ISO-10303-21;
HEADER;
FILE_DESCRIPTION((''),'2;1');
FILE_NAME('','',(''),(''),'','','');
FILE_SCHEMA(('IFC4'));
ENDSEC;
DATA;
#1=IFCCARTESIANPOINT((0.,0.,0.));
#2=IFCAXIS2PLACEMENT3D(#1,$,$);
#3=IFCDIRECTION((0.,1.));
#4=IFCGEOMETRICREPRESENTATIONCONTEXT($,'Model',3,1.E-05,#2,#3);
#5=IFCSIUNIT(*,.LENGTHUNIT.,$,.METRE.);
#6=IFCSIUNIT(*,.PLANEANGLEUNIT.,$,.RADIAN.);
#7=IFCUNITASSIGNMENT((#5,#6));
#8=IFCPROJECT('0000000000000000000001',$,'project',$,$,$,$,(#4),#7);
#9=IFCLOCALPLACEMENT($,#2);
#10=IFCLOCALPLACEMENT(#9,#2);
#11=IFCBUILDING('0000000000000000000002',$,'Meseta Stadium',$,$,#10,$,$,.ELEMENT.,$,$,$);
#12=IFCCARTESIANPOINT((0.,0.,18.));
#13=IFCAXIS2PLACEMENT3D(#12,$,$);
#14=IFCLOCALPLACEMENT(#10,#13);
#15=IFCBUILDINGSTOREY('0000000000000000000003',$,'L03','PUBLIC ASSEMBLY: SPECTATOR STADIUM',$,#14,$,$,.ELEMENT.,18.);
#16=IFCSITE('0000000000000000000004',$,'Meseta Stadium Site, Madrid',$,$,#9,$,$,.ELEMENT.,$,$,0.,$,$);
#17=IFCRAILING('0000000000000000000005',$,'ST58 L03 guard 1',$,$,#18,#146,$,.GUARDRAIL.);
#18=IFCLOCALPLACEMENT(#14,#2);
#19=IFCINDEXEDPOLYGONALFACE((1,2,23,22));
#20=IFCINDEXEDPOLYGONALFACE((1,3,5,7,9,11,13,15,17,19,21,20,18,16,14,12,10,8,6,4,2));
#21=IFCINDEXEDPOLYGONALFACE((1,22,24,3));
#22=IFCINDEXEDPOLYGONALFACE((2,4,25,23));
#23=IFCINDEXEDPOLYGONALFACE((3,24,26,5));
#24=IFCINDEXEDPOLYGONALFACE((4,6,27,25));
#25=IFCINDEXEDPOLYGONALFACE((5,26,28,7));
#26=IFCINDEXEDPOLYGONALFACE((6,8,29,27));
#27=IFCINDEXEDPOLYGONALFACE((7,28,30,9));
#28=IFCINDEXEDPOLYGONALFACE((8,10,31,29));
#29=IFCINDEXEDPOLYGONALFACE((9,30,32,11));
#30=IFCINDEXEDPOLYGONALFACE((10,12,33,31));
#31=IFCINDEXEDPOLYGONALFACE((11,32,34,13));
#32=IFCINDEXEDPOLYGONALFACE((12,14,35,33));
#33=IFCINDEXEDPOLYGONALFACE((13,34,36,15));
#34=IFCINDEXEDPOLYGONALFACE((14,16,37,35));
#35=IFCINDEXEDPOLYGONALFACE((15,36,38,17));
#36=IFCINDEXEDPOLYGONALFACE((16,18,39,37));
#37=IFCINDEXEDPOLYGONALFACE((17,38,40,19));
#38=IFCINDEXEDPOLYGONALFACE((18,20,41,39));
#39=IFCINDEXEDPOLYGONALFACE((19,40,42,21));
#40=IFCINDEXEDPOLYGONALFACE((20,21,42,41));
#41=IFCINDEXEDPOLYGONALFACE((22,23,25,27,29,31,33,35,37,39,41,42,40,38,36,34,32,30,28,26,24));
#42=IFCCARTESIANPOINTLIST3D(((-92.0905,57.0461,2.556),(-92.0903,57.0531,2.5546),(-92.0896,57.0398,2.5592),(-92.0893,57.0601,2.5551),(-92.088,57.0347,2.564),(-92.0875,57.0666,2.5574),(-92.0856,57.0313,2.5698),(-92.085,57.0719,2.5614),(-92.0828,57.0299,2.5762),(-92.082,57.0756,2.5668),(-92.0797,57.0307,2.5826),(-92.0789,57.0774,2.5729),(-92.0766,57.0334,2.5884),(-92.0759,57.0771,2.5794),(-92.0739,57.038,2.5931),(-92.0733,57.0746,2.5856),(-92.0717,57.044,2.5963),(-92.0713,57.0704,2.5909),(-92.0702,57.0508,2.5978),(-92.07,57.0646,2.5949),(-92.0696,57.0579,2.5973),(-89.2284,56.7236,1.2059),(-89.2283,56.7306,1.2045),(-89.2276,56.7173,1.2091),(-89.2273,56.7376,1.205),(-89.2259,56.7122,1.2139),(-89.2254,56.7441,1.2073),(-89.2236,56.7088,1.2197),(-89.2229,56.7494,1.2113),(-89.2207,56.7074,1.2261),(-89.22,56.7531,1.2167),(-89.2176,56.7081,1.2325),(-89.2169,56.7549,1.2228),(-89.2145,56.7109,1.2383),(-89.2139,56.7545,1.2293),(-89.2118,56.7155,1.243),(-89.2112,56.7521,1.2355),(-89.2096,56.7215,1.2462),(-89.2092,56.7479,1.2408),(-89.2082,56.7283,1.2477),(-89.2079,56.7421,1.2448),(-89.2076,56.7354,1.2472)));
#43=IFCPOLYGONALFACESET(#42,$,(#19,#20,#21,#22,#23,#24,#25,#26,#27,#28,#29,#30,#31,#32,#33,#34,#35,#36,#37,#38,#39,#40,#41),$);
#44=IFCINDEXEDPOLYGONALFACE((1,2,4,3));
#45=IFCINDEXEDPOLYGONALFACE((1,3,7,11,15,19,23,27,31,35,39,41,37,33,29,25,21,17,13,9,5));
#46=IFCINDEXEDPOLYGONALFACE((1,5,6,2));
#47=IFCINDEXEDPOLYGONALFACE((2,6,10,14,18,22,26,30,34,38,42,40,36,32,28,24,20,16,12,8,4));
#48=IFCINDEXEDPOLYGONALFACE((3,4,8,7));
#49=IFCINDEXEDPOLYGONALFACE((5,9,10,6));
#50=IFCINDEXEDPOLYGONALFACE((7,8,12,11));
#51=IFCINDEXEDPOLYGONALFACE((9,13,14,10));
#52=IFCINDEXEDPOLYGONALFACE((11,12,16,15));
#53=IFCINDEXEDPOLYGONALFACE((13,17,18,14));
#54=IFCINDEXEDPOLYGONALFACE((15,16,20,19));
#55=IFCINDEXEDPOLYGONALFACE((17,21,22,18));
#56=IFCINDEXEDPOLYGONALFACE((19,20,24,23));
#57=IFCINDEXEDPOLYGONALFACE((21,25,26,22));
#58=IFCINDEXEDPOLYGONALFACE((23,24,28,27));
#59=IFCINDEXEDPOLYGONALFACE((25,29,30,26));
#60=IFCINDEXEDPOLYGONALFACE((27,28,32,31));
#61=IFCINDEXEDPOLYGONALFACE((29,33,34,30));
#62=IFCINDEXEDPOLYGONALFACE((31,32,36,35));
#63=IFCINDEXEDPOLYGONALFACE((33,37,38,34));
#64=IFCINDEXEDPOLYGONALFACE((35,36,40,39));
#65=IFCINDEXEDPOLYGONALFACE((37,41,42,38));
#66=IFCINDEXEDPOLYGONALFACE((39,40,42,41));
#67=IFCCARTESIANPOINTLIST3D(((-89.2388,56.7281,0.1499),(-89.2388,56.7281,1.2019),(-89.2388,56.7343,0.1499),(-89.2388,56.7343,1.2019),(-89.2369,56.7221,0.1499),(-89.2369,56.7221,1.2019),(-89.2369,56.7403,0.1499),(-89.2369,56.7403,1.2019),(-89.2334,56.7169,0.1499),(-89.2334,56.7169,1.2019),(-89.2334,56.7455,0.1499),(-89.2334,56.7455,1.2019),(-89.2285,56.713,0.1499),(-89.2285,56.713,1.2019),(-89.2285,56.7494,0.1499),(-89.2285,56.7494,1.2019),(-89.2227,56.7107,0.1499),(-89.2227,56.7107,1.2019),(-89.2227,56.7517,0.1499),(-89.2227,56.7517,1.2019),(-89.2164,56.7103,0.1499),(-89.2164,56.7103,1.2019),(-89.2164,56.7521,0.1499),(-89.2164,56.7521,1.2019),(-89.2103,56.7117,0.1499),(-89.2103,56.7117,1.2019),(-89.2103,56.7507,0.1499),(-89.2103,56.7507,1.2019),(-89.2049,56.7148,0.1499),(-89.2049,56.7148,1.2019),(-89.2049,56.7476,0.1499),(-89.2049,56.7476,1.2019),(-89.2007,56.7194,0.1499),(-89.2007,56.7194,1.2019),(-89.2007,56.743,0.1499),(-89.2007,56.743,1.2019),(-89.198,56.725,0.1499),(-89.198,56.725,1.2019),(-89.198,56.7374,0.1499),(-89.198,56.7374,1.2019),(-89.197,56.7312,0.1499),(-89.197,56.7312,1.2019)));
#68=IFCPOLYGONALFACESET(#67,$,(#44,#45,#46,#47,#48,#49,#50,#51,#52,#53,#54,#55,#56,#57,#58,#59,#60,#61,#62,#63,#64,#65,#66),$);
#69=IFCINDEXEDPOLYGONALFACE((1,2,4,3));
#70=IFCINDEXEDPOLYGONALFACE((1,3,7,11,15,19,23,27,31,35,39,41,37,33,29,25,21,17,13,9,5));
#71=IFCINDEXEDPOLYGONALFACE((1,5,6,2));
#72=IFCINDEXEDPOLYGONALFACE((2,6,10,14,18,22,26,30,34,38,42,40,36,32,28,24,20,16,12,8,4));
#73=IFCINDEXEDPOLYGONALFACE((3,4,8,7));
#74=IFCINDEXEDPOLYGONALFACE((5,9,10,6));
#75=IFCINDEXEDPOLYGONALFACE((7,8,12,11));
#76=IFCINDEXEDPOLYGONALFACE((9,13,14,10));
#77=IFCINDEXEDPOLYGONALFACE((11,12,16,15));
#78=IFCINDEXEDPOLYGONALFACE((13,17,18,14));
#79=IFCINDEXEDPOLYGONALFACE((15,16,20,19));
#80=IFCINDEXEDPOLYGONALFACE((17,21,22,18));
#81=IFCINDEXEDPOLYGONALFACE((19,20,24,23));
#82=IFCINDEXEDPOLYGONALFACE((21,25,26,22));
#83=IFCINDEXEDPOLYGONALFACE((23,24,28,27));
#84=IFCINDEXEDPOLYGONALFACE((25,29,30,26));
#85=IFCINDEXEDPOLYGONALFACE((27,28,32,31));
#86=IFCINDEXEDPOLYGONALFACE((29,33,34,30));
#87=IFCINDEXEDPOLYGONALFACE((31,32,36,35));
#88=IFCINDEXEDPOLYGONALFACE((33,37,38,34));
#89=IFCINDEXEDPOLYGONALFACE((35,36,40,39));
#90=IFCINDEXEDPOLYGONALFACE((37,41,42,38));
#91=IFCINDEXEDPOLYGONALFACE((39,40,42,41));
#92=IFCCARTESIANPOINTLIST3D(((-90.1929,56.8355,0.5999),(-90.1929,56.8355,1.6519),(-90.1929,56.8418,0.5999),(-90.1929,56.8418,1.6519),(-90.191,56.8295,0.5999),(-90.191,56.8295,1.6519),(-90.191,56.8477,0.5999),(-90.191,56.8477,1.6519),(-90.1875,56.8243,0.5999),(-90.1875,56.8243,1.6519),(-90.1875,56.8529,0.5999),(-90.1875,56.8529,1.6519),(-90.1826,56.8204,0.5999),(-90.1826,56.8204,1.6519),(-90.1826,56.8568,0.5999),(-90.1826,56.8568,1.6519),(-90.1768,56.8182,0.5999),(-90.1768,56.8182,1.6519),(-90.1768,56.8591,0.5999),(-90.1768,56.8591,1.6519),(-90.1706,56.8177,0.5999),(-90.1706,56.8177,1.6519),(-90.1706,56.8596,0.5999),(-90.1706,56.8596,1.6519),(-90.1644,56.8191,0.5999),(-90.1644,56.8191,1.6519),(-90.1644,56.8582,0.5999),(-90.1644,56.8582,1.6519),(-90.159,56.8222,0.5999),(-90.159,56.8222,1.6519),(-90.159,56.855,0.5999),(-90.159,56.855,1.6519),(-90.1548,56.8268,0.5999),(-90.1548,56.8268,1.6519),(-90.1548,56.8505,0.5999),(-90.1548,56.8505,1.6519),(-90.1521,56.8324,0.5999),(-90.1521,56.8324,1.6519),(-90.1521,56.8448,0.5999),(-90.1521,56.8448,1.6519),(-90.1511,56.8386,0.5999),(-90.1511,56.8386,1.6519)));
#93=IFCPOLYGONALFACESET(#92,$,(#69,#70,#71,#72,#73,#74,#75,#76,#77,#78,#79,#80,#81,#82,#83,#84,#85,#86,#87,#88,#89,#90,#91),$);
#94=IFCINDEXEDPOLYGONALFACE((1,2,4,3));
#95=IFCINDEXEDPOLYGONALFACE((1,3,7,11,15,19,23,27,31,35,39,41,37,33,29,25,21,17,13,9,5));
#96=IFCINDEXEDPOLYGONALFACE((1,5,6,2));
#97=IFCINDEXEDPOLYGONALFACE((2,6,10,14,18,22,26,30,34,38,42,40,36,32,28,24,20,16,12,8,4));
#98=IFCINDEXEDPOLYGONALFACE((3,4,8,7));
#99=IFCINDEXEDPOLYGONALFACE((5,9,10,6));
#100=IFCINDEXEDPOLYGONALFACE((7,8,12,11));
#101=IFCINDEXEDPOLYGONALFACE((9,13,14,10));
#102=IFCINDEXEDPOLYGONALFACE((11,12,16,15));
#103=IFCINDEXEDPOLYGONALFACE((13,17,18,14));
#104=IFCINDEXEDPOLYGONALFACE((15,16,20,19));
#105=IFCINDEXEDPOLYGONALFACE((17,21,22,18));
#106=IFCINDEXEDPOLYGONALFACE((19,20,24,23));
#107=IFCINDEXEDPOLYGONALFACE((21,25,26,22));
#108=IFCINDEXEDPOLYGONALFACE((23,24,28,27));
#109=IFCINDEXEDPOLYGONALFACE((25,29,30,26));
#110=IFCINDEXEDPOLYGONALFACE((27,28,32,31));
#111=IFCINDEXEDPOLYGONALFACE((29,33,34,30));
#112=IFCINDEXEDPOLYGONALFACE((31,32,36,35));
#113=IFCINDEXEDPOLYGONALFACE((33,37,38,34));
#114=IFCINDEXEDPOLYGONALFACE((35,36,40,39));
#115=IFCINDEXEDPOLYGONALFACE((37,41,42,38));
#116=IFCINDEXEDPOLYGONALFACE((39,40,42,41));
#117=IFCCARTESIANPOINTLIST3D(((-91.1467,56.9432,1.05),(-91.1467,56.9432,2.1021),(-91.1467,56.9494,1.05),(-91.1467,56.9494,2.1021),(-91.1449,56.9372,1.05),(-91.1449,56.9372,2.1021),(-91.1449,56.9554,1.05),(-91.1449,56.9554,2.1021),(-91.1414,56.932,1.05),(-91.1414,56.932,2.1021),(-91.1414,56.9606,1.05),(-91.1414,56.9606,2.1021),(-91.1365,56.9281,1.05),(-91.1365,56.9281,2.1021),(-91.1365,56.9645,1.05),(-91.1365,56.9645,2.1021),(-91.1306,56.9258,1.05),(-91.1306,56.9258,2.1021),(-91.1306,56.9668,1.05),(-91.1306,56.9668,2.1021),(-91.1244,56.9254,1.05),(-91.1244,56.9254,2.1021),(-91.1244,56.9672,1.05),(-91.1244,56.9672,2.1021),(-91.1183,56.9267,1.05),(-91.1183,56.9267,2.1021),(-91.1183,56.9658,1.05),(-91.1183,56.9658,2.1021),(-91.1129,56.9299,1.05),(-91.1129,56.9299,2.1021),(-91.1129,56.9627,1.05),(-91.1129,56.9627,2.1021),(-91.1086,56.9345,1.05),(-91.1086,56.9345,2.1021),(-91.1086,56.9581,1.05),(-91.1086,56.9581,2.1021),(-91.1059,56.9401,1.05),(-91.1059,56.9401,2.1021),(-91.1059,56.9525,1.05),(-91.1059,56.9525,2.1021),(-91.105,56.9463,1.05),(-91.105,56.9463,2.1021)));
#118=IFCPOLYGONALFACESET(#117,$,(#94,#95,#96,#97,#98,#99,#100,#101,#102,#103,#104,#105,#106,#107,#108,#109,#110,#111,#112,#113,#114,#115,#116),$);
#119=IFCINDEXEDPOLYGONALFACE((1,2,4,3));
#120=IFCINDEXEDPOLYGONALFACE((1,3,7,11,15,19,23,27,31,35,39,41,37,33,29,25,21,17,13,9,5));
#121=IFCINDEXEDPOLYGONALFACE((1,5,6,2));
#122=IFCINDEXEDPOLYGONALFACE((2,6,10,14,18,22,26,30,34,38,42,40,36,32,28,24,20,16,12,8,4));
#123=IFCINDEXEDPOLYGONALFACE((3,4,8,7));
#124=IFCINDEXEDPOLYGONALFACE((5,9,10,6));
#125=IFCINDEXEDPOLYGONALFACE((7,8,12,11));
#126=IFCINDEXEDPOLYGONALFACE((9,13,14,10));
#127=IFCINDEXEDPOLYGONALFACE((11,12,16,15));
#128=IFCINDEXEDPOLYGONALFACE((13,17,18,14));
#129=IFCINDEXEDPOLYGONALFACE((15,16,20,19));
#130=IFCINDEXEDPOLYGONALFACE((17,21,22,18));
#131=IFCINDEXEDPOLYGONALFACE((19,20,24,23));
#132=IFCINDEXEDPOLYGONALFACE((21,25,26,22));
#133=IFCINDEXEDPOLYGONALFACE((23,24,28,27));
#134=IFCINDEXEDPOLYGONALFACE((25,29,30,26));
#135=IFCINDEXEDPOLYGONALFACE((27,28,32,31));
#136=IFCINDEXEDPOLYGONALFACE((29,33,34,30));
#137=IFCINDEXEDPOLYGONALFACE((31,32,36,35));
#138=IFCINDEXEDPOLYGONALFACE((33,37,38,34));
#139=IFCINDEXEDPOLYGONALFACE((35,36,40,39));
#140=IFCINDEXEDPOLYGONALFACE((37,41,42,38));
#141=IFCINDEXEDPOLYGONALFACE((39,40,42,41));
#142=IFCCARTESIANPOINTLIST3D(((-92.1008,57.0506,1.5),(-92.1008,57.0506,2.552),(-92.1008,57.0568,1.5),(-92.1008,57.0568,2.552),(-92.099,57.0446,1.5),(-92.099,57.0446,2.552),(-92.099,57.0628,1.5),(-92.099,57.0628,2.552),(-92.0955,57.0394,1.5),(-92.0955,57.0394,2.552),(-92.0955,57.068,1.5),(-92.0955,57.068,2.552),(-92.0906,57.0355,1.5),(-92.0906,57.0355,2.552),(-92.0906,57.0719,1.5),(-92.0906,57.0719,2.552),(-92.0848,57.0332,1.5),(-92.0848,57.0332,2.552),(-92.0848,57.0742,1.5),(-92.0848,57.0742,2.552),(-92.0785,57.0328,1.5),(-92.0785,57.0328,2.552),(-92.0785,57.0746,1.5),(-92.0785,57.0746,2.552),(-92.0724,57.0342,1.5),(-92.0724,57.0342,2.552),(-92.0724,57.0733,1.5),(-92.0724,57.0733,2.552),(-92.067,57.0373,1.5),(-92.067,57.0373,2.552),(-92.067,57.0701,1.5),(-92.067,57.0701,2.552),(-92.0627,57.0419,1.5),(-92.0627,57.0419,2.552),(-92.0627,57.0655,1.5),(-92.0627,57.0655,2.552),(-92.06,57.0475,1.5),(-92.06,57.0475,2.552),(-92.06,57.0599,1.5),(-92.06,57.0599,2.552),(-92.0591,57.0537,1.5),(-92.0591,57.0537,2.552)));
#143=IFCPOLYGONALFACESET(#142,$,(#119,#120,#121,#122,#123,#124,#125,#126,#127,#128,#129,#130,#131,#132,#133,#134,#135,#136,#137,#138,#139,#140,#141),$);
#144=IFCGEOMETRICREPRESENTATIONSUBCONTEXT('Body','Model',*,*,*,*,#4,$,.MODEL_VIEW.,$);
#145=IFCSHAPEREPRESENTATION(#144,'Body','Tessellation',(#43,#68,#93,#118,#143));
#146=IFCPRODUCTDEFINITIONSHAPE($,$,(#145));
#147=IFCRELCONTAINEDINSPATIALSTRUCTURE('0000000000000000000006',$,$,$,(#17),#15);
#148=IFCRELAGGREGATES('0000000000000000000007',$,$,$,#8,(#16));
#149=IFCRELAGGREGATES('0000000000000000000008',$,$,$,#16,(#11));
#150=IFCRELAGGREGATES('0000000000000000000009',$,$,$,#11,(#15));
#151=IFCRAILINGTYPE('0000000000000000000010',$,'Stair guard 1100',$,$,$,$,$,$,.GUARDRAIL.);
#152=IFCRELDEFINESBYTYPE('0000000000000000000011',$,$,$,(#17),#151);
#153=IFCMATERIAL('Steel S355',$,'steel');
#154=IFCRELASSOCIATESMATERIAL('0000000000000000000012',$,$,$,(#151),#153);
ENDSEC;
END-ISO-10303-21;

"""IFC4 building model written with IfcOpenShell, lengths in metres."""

from ifc_helpers import new_model, si_unit, direction, frame, origin, origin_2d, place, context, subcontext, project, spatial, circle, extrude, material, type_object, element, save


model = new_model("IFC4")

# Units and contexts
model_context = context("Model", 3, precision=1e-05, world=origin(), true_north=direction((0.0, 1.0)))
body_context = subcontext(model_context, "Body", "Model", "MODEL_VIEW")
ifc_project = project(units=[si_unit("LENGTHUNIT", "METRE"), si_unit("PLANEANGLEUNIT", "RADIAN")], contexts=[model_context])

# Site, building, storey
site_placement = place(None, origin())
site = spatial("IfcSite", under=ifc_project, at=site_placement, Name="Meseta Stadium Site, Madrid", CompositionType="ELEMENT", RefElevation=0.0)
building_placement = place(site_placement, origin())
building = spatial("IfcBuilding", under=site, at=building_placement, Name="Meseta Stadium", CompositionType="ELEMENT")
storey_placement = place(building_placement, frame((0.0, 0.0, 18.0)))
storey = spatial("IfcBuildingStorey", under=building, at=storey_placement, Name="L03", Description="PUBLIC ASSEMBLY: SPECTATOR STADIUM", CompositionType="ELEMENT", Elevation=18.0)

# Railing
ifc_material_1 = material(Name="Steel S355", Category="steel")
railing_type_1 = type_object("IfcRailingType", Name="Stair guard 1100", PredefinedType="GUARDRAIL", material=ifc_material_1)
railing_1_placement = place(storey_placement, frame((-89.218, 56.7312, 0.1499)))
element("IfcRailing", 1, at=railing_1_placement, inside=storey, type_object=railing_type_1, Name="ST58 L03 guard 1", PredefinedType="GUARDRAIL", context=body_context, shape_type="SweptSolid", body=[
    extrude(circle(Radius=0.0239, at=origin_2d()), frame((0.0, 0.0, 1.0762), z_axis=(-0.899763, 0.101389, 0.424438), x_axis=(-0.111976, -0.993711, 0.0)), (0.0, 0.0, 1.0), 3.1809),
    extrude(circle(Radius=0.021, at=origin_2d()), origin(), (0.0, 0.0, 1.0), 1.052),
    extrude(circle(Radius=0.021, at=origin_2d()), frame((-0.9541, 0.1074, 0.45)), (0.0, 0.0, 1.0), 1.052),
    extrude(circle(Radius=0.021, at=origin_2d()), frame((-1.908, 0.2151, 0.9001)), (0.0, 0.0, 1.0), 1.052),
    extrude(circle(Radius=0.021, at=origin_2d()), frame((-2.8621, 0.3225, 1.3501)), (0.0, 0.0, 1.0), 1.052),
])

save(model, "model.ifc")
